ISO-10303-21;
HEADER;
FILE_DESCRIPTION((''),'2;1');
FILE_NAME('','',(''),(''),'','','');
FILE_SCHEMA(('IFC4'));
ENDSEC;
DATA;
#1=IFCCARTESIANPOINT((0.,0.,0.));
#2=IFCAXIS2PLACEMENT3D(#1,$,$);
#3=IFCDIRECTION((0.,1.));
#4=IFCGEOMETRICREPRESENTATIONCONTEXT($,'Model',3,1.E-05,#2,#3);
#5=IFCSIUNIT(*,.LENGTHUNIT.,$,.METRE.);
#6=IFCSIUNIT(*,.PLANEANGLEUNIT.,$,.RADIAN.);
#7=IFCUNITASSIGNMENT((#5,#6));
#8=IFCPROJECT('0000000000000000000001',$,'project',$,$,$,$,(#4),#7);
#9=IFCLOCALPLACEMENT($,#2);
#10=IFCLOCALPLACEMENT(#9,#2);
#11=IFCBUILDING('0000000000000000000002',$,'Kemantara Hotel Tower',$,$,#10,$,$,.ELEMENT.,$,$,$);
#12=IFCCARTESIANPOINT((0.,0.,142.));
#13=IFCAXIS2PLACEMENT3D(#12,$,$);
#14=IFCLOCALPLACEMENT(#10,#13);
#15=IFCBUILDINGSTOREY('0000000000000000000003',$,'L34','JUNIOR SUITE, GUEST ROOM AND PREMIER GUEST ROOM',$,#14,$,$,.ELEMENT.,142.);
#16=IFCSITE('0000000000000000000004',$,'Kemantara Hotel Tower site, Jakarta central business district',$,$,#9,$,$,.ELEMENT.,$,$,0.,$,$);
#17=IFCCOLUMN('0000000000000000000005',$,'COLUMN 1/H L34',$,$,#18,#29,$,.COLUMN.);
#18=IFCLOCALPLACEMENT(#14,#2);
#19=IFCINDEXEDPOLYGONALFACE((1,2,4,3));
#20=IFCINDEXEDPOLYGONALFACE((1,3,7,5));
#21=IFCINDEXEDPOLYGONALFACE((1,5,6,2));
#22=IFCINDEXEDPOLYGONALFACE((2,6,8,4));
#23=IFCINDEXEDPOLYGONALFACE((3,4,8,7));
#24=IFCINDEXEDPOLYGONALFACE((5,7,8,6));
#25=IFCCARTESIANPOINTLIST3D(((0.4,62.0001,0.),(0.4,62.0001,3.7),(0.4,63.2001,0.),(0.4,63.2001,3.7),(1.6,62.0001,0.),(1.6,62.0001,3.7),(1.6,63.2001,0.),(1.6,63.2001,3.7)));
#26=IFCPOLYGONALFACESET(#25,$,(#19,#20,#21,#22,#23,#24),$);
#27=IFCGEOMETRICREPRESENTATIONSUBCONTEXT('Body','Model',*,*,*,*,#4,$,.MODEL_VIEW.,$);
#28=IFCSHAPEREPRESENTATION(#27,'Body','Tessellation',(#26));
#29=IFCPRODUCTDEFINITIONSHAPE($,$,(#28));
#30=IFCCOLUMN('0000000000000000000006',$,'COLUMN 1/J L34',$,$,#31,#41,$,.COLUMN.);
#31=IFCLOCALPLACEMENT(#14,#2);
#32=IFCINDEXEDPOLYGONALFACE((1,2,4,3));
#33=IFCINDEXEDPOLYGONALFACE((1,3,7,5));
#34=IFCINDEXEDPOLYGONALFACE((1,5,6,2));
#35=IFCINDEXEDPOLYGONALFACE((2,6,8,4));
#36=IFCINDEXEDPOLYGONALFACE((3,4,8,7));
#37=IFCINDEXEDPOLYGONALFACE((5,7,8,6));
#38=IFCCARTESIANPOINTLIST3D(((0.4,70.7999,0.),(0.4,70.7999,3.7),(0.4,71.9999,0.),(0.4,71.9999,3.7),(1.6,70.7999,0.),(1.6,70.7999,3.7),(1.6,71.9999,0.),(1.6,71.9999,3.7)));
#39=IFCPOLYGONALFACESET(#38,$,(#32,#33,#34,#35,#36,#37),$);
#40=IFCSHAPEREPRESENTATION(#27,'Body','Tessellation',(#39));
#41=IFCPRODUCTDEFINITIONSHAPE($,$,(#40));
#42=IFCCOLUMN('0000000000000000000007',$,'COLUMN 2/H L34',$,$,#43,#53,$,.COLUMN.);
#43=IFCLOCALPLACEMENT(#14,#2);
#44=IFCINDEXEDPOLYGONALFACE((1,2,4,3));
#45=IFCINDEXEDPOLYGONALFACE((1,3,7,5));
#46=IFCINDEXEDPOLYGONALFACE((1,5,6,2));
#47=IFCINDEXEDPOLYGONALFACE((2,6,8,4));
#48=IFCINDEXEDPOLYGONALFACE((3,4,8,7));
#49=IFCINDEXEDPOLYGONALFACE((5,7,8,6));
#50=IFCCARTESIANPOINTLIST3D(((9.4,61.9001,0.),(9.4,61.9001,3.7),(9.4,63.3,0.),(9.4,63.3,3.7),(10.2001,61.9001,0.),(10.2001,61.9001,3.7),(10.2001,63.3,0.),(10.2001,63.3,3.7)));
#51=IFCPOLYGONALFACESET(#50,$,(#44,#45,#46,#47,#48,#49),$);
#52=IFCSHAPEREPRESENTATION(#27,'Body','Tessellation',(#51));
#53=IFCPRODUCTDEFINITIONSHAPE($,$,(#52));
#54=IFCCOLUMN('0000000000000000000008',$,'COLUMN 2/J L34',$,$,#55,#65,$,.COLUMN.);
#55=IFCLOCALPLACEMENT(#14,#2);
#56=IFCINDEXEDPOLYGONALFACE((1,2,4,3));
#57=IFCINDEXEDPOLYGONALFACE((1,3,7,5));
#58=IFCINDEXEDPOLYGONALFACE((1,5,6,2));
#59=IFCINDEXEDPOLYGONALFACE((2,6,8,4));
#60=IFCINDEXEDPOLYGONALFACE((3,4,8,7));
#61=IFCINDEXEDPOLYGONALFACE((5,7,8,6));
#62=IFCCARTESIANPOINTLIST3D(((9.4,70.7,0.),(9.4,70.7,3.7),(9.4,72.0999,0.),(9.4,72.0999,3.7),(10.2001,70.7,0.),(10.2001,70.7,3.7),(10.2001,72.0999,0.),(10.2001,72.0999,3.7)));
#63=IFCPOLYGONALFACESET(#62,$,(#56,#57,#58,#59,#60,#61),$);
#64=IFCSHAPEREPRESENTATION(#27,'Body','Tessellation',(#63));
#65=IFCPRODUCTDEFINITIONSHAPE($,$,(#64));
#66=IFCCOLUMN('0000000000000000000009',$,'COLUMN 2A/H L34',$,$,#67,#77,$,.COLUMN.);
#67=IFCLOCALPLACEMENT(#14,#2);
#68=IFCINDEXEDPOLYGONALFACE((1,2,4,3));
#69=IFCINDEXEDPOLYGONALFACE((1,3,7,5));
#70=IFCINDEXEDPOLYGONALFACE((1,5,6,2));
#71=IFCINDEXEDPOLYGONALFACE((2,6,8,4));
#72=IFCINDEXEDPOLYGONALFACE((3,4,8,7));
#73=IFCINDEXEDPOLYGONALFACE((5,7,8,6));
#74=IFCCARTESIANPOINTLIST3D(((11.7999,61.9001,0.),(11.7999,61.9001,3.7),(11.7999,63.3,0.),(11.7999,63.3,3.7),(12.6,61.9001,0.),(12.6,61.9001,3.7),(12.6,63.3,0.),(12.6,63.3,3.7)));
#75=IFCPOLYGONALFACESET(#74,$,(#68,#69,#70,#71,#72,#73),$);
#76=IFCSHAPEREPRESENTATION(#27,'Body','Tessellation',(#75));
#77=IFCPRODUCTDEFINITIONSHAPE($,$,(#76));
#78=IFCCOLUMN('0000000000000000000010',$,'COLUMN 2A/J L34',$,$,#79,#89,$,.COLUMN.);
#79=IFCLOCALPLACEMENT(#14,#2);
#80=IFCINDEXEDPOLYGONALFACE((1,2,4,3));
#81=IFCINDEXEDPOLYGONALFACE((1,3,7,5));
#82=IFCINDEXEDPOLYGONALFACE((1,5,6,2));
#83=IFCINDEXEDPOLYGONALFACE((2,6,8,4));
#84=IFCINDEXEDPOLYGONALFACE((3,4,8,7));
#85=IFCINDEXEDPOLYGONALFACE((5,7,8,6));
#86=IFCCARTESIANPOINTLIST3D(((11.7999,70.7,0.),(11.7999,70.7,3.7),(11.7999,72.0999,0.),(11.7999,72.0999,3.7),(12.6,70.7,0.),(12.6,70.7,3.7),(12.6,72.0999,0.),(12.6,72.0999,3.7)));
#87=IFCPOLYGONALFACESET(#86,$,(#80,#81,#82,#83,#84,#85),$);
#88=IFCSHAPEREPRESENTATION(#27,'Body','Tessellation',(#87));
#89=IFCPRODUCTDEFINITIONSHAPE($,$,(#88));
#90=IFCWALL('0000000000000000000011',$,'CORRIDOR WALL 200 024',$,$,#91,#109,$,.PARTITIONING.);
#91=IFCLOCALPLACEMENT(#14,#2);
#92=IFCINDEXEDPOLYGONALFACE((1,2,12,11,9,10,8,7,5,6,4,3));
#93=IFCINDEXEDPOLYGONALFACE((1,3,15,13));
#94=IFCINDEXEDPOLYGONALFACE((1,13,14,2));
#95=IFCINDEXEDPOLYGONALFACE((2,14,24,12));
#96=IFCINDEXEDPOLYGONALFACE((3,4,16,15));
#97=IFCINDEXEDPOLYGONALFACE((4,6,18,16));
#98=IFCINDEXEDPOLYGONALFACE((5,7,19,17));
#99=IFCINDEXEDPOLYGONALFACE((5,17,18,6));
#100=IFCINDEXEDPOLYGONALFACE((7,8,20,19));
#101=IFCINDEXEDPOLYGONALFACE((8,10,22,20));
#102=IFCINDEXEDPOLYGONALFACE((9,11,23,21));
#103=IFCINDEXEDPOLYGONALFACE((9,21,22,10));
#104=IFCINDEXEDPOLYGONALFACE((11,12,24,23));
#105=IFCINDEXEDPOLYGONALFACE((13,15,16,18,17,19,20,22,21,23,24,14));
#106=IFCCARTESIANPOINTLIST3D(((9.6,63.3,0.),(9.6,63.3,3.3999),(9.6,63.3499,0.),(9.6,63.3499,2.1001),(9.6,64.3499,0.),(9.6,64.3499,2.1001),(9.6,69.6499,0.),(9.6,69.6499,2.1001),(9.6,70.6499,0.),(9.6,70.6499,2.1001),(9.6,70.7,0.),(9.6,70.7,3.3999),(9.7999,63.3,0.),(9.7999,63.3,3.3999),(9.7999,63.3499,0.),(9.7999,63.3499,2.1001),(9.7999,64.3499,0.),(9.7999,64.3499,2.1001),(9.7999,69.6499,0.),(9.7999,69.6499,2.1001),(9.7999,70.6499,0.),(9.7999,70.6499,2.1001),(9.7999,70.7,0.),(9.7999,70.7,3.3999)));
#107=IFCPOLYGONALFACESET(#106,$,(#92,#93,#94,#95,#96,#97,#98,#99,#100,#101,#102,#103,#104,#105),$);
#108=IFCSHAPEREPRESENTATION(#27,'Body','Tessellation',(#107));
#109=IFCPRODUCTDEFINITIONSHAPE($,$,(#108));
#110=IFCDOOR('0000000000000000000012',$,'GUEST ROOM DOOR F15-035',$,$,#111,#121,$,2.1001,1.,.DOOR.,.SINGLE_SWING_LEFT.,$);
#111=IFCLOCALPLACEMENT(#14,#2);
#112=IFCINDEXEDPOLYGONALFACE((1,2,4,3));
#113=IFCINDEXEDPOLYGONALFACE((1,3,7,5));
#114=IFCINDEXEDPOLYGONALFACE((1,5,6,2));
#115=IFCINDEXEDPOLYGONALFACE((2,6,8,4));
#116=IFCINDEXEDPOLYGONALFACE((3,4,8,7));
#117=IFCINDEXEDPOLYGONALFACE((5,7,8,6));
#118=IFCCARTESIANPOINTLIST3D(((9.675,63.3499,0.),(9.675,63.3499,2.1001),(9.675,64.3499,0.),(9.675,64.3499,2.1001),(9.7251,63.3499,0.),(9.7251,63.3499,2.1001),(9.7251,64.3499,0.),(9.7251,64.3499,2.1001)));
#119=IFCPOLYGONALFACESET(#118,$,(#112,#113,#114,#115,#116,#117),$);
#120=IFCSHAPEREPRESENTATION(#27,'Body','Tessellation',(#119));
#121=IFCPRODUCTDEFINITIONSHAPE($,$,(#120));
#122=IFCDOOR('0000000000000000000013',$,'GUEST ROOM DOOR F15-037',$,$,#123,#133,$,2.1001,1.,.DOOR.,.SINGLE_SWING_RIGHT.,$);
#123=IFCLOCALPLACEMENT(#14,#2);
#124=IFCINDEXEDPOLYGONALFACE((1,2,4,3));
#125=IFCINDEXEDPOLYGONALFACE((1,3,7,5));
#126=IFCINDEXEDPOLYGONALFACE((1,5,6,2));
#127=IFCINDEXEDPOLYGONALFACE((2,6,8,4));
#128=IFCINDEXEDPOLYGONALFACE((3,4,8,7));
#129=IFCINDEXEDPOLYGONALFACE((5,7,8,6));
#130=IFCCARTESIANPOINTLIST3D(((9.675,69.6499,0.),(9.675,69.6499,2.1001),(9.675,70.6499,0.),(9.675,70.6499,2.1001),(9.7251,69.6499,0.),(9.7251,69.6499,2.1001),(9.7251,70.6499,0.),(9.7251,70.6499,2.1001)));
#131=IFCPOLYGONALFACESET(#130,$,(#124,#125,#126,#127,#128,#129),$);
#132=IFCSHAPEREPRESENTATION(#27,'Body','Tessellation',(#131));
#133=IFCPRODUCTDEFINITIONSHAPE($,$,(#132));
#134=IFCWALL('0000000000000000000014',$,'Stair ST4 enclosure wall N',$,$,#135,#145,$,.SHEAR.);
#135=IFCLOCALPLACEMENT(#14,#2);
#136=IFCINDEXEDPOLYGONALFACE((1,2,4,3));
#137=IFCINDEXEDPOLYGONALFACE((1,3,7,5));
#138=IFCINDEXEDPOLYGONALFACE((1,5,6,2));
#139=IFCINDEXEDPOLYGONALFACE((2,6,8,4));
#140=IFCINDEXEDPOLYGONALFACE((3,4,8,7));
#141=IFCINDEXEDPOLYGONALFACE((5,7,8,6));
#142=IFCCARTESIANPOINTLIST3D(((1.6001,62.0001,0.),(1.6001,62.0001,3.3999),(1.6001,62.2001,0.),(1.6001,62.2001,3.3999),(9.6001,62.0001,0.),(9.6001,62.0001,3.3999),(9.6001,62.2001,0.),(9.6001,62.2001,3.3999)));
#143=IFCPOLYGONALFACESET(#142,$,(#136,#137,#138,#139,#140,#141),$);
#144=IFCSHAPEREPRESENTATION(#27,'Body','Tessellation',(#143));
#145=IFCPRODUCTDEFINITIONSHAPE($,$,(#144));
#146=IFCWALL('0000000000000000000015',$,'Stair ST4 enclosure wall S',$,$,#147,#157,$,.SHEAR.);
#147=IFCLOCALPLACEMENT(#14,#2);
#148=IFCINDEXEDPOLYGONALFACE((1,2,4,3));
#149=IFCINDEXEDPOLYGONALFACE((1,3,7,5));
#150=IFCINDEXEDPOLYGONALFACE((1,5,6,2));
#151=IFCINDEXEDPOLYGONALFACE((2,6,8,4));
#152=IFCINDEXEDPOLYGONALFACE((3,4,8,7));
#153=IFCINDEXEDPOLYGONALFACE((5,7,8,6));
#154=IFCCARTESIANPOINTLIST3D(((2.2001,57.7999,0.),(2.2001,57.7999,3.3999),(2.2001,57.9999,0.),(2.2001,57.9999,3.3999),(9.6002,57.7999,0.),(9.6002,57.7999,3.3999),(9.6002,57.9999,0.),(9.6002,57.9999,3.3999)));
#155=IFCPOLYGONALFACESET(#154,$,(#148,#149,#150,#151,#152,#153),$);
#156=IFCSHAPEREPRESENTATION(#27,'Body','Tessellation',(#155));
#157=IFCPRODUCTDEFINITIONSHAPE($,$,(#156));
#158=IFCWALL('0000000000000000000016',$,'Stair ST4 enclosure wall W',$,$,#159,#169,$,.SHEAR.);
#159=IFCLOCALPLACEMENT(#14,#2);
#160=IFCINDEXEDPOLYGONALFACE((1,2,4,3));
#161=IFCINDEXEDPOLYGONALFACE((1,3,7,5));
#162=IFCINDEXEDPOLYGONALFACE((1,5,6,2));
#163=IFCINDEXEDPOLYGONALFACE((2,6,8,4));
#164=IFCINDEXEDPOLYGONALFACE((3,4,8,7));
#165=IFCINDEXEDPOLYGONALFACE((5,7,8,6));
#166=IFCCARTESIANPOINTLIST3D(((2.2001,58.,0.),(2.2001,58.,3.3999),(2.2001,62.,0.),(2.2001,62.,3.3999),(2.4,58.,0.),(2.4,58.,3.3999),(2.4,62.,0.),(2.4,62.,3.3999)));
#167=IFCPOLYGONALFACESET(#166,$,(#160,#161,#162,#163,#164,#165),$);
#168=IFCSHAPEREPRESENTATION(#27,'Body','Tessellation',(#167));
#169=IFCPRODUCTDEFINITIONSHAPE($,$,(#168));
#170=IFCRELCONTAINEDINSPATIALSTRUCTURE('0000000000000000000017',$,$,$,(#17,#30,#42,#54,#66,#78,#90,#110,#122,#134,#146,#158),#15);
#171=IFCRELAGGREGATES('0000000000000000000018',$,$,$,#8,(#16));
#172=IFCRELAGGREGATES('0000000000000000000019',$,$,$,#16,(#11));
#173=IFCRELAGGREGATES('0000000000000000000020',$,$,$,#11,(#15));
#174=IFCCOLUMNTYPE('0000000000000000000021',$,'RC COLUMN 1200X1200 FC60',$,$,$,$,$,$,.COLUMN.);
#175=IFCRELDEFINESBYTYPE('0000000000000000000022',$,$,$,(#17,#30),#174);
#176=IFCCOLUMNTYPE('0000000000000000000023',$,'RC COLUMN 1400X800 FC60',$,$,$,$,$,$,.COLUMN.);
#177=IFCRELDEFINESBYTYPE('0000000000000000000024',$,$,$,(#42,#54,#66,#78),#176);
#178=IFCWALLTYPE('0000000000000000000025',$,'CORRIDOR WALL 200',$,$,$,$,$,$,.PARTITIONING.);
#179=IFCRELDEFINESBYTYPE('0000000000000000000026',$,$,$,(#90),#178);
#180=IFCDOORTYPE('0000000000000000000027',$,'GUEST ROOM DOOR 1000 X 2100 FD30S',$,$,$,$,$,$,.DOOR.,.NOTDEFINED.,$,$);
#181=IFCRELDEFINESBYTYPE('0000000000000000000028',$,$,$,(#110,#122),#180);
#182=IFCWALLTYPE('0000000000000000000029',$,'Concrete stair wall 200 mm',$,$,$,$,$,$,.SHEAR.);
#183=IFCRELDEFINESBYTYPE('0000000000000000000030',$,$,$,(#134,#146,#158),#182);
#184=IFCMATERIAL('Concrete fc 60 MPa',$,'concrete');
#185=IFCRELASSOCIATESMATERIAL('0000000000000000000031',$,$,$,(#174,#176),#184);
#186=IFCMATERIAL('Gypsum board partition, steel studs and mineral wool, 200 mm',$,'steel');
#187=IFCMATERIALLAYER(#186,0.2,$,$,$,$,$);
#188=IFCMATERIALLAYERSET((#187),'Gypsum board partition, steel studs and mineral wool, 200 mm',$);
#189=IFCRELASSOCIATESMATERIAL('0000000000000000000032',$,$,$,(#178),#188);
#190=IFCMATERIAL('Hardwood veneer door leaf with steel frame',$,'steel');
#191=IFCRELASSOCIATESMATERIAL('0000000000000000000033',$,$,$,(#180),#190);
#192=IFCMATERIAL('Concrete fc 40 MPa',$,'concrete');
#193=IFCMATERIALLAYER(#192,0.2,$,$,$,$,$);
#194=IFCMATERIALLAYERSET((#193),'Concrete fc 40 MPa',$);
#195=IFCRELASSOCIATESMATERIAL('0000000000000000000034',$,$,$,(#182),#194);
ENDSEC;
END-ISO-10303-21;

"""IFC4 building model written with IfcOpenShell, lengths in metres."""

from ifc_helpers import new_model, si_unit, direction, frame, frame_2d, origin, origin_2d, place, context, subcontext, project, spatial, rectangle, extrude, material, layer, layer_set, material_profile, profile_set, type_object, element, fill, save


model = new_model("IFC4")

# Units and contexts
model_context = context("Model", 3, precision=1e-05, world=origin(), true_north=direction((0.0, 1.0)))
body_context = subcontext(model_context, "Body", "Model", "MODEL_VIEW")
ifc_project = project(units=[si_unit("LENGTHUNIT", "METRE"), si_unit("PLANEANGLEUNIT", "RADIAN")], contexts=[model_context])

# Site, building, storey
site_placement = place(None, origin())
site = spatial("IfcSite", under=ifc_project, at=site_placement, Name="Kemantara Hotel Tower site, Jakarta central business district", CompositionType="ELEMENT", RefElevation=0.0)
building_placement = place(site_placement, origin())
building = spatial("IfcBuilding", under=site, at=building_placement, Name="Kemantara Hotel Tower", CompositionType="ELEMENT")
storey_placement = place(building_placement, frame((0.0, 0.0, 142.0)))
storey = spatial("IfcBuildingStorey", under=building, at=storey_placement, Name="L34", Description="JUNIOR SUITE, GUEST ROOM AND PREMIER GUEST ROOM", CompositionType="ELEMENT", Elevation=142.0)

# Columns
ifc_material_1 = material(Name="Concrete fc 60 MPa", Category="concrete")
ifc_material_profile_1 = material_profile(ifc_material_1, rectangle(XDim=1.2, YDim=1.2, at=origin_2d()), Name="RC 1200X1200")
ifc_profile_set_1 = profile_set([ifc_material_profile_1], Name="Concrete fc 60 MPa")
column_type_1 = type_object("IfcColumnType", Name="RC COLUMN 1200X1200 FC60", PredefinedType="COLUMN", material=ifc_profile_set_1)
for number, where, z_axis, x_axis, name in (
    (1, (1.0, 62.6001, 0.0), (0.0, 0.0, 1.0), (1.0, 0.0, 0.0), "COLUMN 1/H L34"),
    (2, (1.0, 71.3999, 0.0), (0.0, 0.0, 1.0), (1.0, 0.0, 0.0), "COLUMN 1/J L34"),
):
    element("IfcColumn", number, at=place(storey_placement, frame(where, z_axis=z_axis, x_axis=x_axis)), inside=storey, type_object=column_type_1, Name=name, PredefinedType="COLUMN", context=body_context, shape_type="SweptSolid", body=[
        extrude(rectangle(XDim=1.2, YDim=1.2, at=origin_2d()), origin(), (0.0, 0.0, 1.0), 3.7),
    ])
ifc_material_profile_2 = material_profile(ifc_material_1, rectangle(XDim=1.3999, YDim=0.8, at=origin_2d()), Name="RC 1400X800")
ifc_profile_set_2 = profile_set([ifc_material_profile_2], Name="Concrete fc 60 MPa")
column_type_2 = type_object("IfcColumnType", Name="RC COLUMN 1400X800 FC60", PredefinedType="COLUMN", material=ifc_profile_set_2)
for number, where, z_axis, x_axis, name in (
    (3, (9.8, 62.6001, 0.0), (0.0, 0.0, 1.0), (0.0, 1.0, 0.0), "COLUMN 2/H L34"),
    (4, (9.8, 71.3999, 0.0), (0.0, 0.0, 1.0), (0.0, 1.0, 0.0), "COLUMN 2/J L34"),
    (5, (12.2, 62.6001, 0.0), (0.0, 0.0, 1.0), (0.0, 1.0, 0.0), "COLUMN 2A/H L34"),
    (6, (12.2, 71.3999, 0.0), (0.0, 0.0, 1.0), (0.0, 1.0, 0.0), "COLUMN 2A/J L34"),
):
    element("IfcColumn", number, at=place(storey_placement, frame(where, z_axis=z_axis, x_axis=x_axis)), inside=storey, type_object=column_type_2, Name=name, PredefinedType="COLUMN", context=body_context, shape_type="SweptSolid", body=[
        extrude(rectangle(XDim=1.3999, YDim=0.8, at=origin_2d()), origin(), (0.0, 0.0, 1.0), 3.7),
    ])

# Wall, openings, doors
ifc_material_2 = material(Name="Gypsum board partition, steel studs and mineral wool, 200 mm", Category="steel")
ifc_layer_1 = layer(ifc_material_2, 0.2)
ifc_layer_set_1 = layer_set([ifc_layer_1], Name="Gypsum board partition, steel studs and mineral wool, 200 mm")
wall_type_1 = type_object("IfcWallType", Name="CORRIDOR WALL 200", PredefinedType="PARTITIONING", material=ifc_layer_set_1)
wall_1_placement = place(storey_placement, frame((9.7, 63.3, 0.0), z_axis=(0.0, 0.0, 1.0), x_axis=(0.0, 1.0, 0.0)))
wall_1 = element("IfcWall", 7, at=wall_1_placement, inside=storey, type_object=wall_type_1, Name="CORRIDOR WALL 200 024", PredefinedType="PARTITIONING", context=body_context, shape_type="SweptSolid", body=[
    extrude(rectangle(XDim=7.3999, YDim=0.2, at=frame_2d((3.7, 0.0))), origin(), (0.0, 0.0, 1.0), 3.3999),
])
opening_1_placement = place(wall_1_placement, frame((0.0498, 0.0, 0.0)))
opening_1 = element("IfcOpeningElement", 8, at=opening_1_placement, cuts=wall_1, PredefinedType="OPENING", context=body_context, shape_type="SweptSolid", body=[
    extrude(rectangle(XDim=1.0, YDim=2.1001, at=frame_2d((0.5, 1.05))), frame((0.0, 0.1099, 0.0), z_axis=(0.0, -1.0, 0.0), x_axis=(1.0, 0.0, 0.0)), (0.0, 0.0, 1.0), 0.22),
])
opening_2_placement = place(wall_1_placement, frame((6.3499, 0.0, 0.0)))
opening_2 = element("IfcOpeningElement", 9, at=opening_2_placement, cuts=wall_1, PredefinedType="OPENING", context=body_context, shape_type="SweptSolid", body=[
    extrude(rectangle(XDim=1.0, YDim=2.1001, at=frame_2d((0.5, 1.05))), frame((0.0, 0.1099, 0.0), z_axis=(0.0, -1.0, 0.0), x_axis=(1.0, 0.0, 0.0)), (0.0, 0.0, 1.0), 0.22),
])
ifc_material_3 = material(Name="Hardwood veneer door leaf with steel frame", Category="steel")
door_type_1 = type_object("IfcDoorType", Name="GUEST ROOM DOOR 1000 X 2100 FD30S", OperationType="NOTDEFINED", PredefinedType="DOOR", material=ifc_material_3)
door_1_placement = place(opening_1_placement, origin())
door_1 = element("IfcDoor", 10, at=door_1_placement, inside=storey, type_object=door_type_1, Name="GUEST ROOM DOOR F15-035", OperationType="SINGLE_SWING_LEFT", OverallHeight=2.1001, OverallWidth=1.0, PredefinedType="DOOR", context=body_context, shape_type="SweptSolid", body=[
    extrude(rectangle(XDim=1.0, YDim=2.1001, at=frame_2d((0.5, 1.05))), frame((0.0, 0.0249, 0.0), z_axis=(0.0, -1.0, 0.0), x_axis=(1.0, 0.0, 0.0)), (0.0, 0.0, 1.0), 0.05),
])
fill(opening_1, door_1)
door_2_placement = place(opening_2_placement, origin())
door_2 = element("IfcDoor", 11, at=door_2_placement, inside=storey, type_object=door_type_1, Name="GUEST ROOM DOOR F15-037", OperationType="SINGLE_SWING_RIGHT", OverallHeight=2.1001, OverallWidth=1.0, PredefinedType="DOOR", context=body_context, shape_type="SweptSolid", body=[
    extrude(rectangle(XDim=1.0, YDim=2.1001, at=frame_2d((0.5, 1.05))), frame((0.0, 0.0249, 0.0), z_axis=(0.0, -1.0, 0.0), x_axis=(1.0, 0.0, 0.0)), (0.0, 0.0, 1.0), 0.05),
])
fill(opening_2, door_2)

# Walls
ifc_material_4 = material(Name="Concrete fc 40 MPa", Category="concrete")
ifc_layer_2 = layer(ifc_material_4, 0.2)
ifc_layer_set_2 = layer_set([ifc_layer_2], Name="Concrete fc 40 MPa")
wall_type_2 = type_object("IfcWallType", Name="Concrete stair wall 200 mm", PredefinedType="SHEAR", material=ifc_layer_set_2)
wall_2_placement = place(storey_placement, frame((1.6001, 62.1001, 0.0), z_axis=(0.0, 0.0, 1.0), x_axis=(1.0, 0.0, 0.0)))
element("IfcWall", 12, at=wall_2_placement, inside=storey, type_object=wall_type_2, Name="Stair ST4 enclosure wall N", PredefinedType="SHEAR", context=body_context, shape_type="SweptSolid", body=[
    extrude(rectangle(XDim=8.0, YDim=0.2, at=frame_2d((4.0, 0.0))), origin(), (0.0, 0.0, 1.0), 3.3999),
])
wall_3_placement = place(storey_placement, frame((2.2, 57.8999, 0.0), z_axis=(0.0, 0.0, 1.0), x_axis=(1.0, 0.0, 0.0)))
element("IfcWall", 13, at=wall_3_placement, inside=storey, type_object=wall_type_2, Name="Stair ST4 enclosure wall S", PredefinedType="SHEAR", context=body_context, shape_type="SweptSolid", body=[
    extrude(rectangle(XDim=7.4001, YDim=0.2, at=frame_2d((3.7002, 0.0))), origin(), (0.0, 0.0, 1.0), 3.3999),
])
wall_4_placement = place(storey_placement, frame((2.3, 58.0, 0.0), z_axis=(0.0, 0.0, 1.0), x_axis=(0.0, 1.0, 0.0)))
element("IfcWall", 14, at=wall_4_placement, inside=storey, type_object=wall_type_2, Name="Stair ST4 enclosure wall W", PredefinedType="SHEAR", context=body_context, shape_type="SweptSolid", body=[
    extrude(rectangle(XDim=4.0, YDim=0.2, at=frame_2d((2.0, 0.0))), origin(), (0.0, 0.0, 1.0), 3.3999),
])

save(model, "model.ifc")
